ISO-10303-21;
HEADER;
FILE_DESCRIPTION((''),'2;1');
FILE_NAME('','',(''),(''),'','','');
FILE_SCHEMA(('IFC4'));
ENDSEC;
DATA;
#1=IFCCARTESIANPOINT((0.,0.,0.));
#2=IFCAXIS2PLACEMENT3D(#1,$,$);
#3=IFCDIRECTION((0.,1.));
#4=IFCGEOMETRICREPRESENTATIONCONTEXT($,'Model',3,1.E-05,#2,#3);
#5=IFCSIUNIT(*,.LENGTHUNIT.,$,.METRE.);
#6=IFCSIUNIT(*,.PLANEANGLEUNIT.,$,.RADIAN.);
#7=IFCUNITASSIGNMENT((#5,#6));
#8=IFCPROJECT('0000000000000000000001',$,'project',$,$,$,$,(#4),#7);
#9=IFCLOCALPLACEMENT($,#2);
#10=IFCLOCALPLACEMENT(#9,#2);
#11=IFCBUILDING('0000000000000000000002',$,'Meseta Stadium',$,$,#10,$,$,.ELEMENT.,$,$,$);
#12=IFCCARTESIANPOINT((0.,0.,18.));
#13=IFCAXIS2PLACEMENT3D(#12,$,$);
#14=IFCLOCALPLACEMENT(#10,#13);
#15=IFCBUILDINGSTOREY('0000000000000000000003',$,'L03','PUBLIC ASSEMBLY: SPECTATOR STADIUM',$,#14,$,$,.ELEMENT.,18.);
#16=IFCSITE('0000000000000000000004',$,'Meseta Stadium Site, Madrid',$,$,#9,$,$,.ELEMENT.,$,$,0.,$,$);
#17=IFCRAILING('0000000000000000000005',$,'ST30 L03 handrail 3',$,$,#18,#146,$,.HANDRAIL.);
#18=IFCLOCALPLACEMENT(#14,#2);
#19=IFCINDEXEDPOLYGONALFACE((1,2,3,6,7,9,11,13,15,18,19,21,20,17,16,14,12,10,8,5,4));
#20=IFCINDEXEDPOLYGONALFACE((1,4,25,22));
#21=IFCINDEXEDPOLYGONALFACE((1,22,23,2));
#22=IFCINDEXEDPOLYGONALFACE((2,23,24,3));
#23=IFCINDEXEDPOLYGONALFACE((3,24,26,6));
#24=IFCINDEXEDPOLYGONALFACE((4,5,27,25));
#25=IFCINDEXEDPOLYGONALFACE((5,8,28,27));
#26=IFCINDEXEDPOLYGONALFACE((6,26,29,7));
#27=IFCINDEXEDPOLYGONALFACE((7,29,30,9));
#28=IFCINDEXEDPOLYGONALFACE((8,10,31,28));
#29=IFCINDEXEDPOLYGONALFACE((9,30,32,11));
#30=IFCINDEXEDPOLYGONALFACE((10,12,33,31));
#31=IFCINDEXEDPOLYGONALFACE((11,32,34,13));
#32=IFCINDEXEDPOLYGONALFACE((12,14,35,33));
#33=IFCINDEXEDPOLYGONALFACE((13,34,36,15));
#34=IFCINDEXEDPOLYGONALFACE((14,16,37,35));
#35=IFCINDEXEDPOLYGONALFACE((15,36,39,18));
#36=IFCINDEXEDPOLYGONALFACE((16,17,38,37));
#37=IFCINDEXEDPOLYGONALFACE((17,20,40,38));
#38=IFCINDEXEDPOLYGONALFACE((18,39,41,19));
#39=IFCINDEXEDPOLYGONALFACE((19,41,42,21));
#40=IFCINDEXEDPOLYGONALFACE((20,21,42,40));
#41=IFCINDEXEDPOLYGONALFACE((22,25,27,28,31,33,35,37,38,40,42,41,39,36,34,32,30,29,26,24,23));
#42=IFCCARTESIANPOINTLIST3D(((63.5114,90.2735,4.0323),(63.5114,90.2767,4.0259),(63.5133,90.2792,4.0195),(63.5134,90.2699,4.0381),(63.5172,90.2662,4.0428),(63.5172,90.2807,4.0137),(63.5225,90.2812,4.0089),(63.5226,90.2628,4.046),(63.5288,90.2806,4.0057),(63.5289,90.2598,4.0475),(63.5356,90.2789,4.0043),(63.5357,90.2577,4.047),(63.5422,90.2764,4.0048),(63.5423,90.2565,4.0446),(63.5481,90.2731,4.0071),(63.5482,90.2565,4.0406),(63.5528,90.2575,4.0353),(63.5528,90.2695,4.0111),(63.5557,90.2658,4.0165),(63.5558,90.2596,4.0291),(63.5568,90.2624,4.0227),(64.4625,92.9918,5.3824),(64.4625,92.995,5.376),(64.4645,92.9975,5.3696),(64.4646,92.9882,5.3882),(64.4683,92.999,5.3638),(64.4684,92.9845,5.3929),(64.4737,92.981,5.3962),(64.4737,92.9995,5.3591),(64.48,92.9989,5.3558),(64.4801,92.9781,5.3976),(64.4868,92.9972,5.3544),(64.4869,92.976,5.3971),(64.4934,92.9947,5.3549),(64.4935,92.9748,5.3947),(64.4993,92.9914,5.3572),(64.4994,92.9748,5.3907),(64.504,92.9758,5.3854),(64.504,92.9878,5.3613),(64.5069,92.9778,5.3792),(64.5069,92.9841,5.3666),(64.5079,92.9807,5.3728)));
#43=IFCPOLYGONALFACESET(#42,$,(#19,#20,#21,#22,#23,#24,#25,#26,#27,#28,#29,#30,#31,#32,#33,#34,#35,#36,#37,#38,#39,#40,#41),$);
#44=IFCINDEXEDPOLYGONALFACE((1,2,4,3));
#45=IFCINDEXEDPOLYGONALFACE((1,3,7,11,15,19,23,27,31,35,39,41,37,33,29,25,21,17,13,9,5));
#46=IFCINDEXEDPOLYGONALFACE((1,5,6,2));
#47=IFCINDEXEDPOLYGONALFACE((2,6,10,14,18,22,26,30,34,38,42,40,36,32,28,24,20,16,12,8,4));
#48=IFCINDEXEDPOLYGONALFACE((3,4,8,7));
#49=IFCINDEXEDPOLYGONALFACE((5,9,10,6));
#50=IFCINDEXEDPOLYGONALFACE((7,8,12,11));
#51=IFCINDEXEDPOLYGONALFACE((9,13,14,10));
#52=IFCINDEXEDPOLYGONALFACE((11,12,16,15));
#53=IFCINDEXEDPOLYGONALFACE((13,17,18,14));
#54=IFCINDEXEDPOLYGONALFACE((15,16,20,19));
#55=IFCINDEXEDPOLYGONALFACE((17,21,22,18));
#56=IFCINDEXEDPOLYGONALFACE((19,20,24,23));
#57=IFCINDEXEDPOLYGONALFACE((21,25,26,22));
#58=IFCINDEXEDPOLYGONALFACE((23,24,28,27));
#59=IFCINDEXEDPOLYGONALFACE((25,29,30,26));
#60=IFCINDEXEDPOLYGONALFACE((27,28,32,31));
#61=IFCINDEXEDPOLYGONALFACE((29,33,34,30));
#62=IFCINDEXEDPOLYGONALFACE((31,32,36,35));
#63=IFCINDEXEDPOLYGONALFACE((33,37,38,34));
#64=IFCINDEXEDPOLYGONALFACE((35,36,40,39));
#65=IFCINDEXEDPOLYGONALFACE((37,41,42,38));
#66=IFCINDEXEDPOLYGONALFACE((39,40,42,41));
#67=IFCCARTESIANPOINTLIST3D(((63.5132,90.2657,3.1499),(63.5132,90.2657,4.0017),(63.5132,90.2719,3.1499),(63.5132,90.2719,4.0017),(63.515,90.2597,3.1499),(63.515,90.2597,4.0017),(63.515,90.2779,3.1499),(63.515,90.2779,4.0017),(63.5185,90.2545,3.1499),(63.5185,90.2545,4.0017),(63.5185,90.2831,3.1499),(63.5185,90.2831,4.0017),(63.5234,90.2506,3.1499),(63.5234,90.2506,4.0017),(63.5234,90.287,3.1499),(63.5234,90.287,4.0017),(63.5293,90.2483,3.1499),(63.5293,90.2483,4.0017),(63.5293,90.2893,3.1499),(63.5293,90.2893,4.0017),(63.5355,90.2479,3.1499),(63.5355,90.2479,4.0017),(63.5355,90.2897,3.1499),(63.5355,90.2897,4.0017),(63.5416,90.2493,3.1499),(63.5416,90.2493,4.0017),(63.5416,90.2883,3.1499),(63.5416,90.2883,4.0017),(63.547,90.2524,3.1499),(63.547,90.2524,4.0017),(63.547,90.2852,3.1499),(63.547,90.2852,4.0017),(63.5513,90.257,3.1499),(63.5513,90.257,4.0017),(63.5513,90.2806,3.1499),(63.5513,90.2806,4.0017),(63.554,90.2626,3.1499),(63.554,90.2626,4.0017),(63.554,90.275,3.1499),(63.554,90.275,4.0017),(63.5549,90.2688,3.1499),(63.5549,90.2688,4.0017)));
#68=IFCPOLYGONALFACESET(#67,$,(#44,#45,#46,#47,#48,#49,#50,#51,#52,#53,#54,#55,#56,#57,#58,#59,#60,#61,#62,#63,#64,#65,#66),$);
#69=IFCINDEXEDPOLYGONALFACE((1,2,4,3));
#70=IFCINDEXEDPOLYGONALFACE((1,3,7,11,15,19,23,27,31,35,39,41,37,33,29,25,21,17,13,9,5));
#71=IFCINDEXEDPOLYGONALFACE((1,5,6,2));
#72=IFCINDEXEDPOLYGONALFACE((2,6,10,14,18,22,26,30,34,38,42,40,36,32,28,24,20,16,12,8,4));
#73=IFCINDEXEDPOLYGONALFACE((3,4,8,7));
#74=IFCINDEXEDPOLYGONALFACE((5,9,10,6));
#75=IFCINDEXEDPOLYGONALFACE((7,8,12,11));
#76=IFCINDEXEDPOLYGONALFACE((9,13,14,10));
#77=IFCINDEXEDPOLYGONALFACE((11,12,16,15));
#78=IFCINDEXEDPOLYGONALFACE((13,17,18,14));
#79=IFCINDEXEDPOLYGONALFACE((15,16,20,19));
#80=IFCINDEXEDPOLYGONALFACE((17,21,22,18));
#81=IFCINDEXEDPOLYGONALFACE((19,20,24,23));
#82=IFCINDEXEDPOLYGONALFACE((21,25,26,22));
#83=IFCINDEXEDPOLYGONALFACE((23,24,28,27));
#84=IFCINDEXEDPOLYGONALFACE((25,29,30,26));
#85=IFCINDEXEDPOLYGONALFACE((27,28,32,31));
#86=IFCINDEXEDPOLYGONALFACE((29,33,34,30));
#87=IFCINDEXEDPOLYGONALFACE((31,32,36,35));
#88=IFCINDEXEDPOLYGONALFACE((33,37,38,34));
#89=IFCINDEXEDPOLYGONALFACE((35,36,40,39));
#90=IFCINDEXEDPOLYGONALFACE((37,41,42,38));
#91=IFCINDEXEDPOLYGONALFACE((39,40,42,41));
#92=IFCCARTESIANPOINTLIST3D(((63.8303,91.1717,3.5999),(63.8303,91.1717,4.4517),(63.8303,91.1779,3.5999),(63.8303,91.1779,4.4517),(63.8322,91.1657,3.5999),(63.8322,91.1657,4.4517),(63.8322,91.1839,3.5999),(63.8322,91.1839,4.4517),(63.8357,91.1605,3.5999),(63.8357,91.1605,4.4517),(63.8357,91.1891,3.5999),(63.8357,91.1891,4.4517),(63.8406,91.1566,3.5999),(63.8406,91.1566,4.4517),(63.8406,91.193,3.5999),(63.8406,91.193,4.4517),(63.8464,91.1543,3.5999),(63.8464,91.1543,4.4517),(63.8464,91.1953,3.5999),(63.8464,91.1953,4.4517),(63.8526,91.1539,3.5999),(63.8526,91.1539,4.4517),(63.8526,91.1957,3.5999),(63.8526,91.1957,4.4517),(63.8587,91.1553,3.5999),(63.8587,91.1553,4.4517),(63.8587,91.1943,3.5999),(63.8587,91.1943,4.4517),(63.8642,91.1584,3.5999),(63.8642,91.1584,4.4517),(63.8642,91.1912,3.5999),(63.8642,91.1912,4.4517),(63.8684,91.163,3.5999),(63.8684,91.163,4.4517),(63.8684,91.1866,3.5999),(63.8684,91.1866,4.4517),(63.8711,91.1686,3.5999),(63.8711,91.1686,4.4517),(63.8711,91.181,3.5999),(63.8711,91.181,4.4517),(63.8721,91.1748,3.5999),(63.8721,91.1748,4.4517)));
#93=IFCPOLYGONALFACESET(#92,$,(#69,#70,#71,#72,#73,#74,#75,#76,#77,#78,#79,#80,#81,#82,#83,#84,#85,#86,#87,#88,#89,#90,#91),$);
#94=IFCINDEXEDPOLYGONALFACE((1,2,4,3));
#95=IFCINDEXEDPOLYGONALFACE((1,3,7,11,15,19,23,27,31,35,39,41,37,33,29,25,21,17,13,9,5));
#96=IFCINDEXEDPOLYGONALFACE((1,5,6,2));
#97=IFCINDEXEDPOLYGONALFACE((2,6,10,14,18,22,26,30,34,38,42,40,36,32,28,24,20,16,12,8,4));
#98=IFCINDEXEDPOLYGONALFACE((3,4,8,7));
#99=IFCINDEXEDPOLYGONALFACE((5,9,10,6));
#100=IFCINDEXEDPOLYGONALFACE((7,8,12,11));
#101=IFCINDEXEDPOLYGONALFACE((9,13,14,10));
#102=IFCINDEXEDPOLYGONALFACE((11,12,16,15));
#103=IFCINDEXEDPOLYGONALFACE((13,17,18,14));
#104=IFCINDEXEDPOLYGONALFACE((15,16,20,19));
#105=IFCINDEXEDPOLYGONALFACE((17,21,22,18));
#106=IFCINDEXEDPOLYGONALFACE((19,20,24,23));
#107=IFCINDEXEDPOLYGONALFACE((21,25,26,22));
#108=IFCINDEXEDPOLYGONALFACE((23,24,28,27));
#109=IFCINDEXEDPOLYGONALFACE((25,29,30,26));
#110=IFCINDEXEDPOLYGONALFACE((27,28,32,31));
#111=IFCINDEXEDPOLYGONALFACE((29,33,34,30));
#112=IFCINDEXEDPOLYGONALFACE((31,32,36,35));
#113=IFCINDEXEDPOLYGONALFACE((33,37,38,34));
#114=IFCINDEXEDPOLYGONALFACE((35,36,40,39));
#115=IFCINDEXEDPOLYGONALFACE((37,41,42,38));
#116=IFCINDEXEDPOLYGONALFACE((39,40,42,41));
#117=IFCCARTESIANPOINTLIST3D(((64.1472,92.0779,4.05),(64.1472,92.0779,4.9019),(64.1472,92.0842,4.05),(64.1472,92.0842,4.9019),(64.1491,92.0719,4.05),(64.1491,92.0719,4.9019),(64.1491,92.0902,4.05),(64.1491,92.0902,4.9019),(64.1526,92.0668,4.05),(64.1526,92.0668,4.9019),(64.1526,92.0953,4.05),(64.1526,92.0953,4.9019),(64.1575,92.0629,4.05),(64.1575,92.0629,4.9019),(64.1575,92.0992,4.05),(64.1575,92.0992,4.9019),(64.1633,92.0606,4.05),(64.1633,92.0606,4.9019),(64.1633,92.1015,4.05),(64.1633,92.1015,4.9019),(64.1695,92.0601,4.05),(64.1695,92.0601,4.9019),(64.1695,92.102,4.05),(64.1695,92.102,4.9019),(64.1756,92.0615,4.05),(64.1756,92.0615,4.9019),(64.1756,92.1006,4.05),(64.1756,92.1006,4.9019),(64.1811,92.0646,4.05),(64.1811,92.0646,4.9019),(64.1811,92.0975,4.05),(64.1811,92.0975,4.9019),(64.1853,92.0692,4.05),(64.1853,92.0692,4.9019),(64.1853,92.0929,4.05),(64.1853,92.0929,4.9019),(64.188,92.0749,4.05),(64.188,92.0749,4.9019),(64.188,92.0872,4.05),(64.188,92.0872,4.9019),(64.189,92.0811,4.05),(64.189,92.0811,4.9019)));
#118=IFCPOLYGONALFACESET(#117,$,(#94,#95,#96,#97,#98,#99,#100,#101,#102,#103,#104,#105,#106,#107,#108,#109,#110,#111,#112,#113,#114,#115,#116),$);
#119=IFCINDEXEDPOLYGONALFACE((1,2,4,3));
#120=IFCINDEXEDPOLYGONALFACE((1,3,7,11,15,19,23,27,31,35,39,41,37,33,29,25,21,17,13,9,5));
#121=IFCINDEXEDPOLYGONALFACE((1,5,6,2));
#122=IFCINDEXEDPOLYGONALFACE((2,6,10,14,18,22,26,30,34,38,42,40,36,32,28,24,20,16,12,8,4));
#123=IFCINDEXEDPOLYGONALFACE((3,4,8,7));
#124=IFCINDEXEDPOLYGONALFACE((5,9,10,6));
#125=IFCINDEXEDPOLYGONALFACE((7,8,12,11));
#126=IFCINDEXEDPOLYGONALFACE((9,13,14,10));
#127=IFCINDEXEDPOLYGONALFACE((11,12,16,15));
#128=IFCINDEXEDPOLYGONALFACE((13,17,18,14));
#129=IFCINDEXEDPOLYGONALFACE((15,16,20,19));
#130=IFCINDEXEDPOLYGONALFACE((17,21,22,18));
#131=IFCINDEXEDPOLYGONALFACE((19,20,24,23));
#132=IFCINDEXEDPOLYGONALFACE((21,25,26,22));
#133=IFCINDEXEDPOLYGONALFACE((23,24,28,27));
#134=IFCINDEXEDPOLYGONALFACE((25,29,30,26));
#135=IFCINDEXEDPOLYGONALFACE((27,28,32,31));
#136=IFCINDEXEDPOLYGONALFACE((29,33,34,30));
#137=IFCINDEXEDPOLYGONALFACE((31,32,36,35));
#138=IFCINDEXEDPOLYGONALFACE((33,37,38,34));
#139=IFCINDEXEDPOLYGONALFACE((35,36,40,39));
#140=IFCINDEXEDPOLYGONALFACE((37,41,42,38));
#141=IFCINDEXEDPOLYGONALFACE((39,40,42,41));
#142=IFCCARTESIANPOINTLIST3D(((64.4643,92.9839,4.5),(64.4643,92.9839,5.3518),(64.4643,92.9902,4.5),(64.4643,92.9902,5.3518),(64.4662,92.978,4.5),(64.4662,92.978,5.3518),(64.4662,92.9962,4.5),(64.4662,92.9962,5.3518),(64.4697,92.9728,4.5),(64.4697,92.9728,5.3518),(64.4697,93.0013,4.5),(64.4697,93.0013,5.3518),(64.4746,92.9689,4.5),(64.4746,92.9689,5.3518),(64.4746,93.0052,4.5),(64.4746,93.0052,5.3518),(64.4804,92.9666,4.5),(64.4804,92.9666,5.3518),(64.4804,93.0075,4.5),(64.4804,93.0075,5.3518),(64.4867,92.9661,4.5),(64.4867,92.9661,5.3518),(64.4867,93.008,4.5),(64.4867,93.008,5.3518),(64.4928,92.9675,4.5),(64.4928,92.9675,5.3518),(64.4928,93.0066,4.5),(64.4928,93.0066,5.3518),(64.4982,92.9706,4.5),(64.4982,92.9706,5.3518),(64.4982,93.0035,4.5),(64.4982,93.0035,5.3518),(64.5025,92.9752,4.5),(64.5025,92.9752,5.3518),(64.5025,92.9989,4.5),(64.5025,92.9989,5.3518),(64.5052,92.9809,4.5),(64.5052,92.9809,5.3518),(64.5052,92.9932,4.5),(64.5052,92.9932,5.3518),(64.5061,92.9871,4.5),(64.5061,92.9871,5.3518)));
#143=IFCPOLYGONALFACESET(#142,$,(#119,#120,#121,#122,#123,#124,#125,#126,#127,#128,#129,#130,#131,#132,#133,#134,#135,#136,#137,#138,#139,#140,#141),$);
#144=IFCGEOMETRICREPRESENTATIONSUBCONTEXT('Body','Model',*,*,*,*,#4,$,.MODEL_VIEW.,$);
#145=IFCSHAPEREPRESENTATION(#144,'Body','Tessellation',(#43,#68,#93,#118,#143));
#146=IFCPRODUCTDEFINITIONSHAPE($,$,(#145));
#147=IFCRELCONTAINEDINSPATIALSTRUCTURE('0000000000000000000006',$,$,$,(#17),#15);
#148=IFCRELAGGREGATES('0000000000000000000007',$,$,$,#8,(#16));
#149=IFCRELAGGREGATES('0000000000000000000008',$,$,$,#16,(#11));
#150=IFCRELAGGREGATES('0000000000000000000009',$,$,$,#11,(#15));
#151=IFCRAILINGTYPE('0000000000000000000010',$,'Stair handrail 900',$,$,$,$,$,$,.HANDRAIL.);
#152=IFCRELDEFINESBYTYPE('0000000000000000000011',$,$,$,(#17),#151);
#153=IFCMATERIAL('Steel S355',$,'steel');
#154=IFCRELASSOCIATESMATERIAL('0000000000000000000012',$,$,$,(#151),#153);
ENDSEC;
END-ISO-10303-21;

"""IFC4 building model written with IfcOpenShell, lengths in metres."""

from ifc_helpers import new_model, si_unit, direction, frame, origin, origin_2d, place, context, subcontext, project, spatial, circle, extrude, material, type_object, element, save


model = new_model("IFC4")

# Units and contexts
model_context = context("Model", 3, precision=1e-05, world=origin(), true_north=direction((0.0, 1.0)))
body_context = subcontext(model_context, "Body", "Model", "MODEL_VIEW")
ifc_project = project(units=[si_unit("LENGTHUNIT", "METRE"), si_unit("PLANEANGLEUNIT", "RADIAN")], contexts=[model_context])

# Site, building, storey
site_placement = place(None, origin())
site = spatial("IfcSite", under=ifc_project, at=site_placement, Name="Meseta Stadium Site, Madrid", CompositionType="ELEMENT", RefElevation=0.0)
building_placement = place(site_placement, origin())
building = spatial("IfcBuilding", under=site, at=building_placement, Name="Meseta Stadium", CompositionType="ELEMENT")
storey_placement = place(building_placement, frame((0.0, 0.0, 18.0)))
storey = spatial("IfcBuildingStorey", under=building, at=storey_placement, Name="L03", Description="PUBLIC ASSEMBLY: SPECTATOR STADIUM", CompositionType="ELEMENT", Elevation=18.0)

# Railing
ifc_material_1 = material(Name="Steel S355", Category="steel")
railing_type_1 = type_object("IfcRailingType", Name="Stair handrail 900", PredefinedType="HANDRAIL", material=ifc_material_1)
for number, where, name in (
    (1, (63.5339, 90.2688, 3.1499), "ST30 L03 handrail 3"),
):
    element("IfcRailing", number, at=place(storey_placement, frame(where)), inside=storey, type_object=railing_type_1, Name=name, PredefinedType="HANDRAIL", context=body_context, shape_type="SweptSolid", body=[
        extrude(circle(Radius=0.0239, at=origin_2d()), frame((0.0, 0.0, 0.876), z_axis=(0.299051, 0.854629, 0.424474), x_axis=(-0.943882, 0.330282, 0.0)), (0.0, 0.0, 1.0), 3.1807),
        extrude(circle(Radius=0.021, at=origin_2d()), origin(), (0.0, 0.0, 1.0), 0.8518),
        extrude(circle(Radius=0.021, at=origin_2d()), frame((0.3171, 0.906, 0.45)), (0.0, 0.0, 1.0), 0.8518),
        extrude(circle(Radius=0.021, at=origin_2d()), frame((0.634, 1.8123, 0.9001)), (0.0, 0.0, 1.0), 0.8518),
        extrude(circle(Radius=0.021, at=origin_2d()), frame((0.9512, 2.7183, 1.3501)), (0.0, 0.0, 1.0), 0.8518),
    ])

save(model, "model.ifc")
